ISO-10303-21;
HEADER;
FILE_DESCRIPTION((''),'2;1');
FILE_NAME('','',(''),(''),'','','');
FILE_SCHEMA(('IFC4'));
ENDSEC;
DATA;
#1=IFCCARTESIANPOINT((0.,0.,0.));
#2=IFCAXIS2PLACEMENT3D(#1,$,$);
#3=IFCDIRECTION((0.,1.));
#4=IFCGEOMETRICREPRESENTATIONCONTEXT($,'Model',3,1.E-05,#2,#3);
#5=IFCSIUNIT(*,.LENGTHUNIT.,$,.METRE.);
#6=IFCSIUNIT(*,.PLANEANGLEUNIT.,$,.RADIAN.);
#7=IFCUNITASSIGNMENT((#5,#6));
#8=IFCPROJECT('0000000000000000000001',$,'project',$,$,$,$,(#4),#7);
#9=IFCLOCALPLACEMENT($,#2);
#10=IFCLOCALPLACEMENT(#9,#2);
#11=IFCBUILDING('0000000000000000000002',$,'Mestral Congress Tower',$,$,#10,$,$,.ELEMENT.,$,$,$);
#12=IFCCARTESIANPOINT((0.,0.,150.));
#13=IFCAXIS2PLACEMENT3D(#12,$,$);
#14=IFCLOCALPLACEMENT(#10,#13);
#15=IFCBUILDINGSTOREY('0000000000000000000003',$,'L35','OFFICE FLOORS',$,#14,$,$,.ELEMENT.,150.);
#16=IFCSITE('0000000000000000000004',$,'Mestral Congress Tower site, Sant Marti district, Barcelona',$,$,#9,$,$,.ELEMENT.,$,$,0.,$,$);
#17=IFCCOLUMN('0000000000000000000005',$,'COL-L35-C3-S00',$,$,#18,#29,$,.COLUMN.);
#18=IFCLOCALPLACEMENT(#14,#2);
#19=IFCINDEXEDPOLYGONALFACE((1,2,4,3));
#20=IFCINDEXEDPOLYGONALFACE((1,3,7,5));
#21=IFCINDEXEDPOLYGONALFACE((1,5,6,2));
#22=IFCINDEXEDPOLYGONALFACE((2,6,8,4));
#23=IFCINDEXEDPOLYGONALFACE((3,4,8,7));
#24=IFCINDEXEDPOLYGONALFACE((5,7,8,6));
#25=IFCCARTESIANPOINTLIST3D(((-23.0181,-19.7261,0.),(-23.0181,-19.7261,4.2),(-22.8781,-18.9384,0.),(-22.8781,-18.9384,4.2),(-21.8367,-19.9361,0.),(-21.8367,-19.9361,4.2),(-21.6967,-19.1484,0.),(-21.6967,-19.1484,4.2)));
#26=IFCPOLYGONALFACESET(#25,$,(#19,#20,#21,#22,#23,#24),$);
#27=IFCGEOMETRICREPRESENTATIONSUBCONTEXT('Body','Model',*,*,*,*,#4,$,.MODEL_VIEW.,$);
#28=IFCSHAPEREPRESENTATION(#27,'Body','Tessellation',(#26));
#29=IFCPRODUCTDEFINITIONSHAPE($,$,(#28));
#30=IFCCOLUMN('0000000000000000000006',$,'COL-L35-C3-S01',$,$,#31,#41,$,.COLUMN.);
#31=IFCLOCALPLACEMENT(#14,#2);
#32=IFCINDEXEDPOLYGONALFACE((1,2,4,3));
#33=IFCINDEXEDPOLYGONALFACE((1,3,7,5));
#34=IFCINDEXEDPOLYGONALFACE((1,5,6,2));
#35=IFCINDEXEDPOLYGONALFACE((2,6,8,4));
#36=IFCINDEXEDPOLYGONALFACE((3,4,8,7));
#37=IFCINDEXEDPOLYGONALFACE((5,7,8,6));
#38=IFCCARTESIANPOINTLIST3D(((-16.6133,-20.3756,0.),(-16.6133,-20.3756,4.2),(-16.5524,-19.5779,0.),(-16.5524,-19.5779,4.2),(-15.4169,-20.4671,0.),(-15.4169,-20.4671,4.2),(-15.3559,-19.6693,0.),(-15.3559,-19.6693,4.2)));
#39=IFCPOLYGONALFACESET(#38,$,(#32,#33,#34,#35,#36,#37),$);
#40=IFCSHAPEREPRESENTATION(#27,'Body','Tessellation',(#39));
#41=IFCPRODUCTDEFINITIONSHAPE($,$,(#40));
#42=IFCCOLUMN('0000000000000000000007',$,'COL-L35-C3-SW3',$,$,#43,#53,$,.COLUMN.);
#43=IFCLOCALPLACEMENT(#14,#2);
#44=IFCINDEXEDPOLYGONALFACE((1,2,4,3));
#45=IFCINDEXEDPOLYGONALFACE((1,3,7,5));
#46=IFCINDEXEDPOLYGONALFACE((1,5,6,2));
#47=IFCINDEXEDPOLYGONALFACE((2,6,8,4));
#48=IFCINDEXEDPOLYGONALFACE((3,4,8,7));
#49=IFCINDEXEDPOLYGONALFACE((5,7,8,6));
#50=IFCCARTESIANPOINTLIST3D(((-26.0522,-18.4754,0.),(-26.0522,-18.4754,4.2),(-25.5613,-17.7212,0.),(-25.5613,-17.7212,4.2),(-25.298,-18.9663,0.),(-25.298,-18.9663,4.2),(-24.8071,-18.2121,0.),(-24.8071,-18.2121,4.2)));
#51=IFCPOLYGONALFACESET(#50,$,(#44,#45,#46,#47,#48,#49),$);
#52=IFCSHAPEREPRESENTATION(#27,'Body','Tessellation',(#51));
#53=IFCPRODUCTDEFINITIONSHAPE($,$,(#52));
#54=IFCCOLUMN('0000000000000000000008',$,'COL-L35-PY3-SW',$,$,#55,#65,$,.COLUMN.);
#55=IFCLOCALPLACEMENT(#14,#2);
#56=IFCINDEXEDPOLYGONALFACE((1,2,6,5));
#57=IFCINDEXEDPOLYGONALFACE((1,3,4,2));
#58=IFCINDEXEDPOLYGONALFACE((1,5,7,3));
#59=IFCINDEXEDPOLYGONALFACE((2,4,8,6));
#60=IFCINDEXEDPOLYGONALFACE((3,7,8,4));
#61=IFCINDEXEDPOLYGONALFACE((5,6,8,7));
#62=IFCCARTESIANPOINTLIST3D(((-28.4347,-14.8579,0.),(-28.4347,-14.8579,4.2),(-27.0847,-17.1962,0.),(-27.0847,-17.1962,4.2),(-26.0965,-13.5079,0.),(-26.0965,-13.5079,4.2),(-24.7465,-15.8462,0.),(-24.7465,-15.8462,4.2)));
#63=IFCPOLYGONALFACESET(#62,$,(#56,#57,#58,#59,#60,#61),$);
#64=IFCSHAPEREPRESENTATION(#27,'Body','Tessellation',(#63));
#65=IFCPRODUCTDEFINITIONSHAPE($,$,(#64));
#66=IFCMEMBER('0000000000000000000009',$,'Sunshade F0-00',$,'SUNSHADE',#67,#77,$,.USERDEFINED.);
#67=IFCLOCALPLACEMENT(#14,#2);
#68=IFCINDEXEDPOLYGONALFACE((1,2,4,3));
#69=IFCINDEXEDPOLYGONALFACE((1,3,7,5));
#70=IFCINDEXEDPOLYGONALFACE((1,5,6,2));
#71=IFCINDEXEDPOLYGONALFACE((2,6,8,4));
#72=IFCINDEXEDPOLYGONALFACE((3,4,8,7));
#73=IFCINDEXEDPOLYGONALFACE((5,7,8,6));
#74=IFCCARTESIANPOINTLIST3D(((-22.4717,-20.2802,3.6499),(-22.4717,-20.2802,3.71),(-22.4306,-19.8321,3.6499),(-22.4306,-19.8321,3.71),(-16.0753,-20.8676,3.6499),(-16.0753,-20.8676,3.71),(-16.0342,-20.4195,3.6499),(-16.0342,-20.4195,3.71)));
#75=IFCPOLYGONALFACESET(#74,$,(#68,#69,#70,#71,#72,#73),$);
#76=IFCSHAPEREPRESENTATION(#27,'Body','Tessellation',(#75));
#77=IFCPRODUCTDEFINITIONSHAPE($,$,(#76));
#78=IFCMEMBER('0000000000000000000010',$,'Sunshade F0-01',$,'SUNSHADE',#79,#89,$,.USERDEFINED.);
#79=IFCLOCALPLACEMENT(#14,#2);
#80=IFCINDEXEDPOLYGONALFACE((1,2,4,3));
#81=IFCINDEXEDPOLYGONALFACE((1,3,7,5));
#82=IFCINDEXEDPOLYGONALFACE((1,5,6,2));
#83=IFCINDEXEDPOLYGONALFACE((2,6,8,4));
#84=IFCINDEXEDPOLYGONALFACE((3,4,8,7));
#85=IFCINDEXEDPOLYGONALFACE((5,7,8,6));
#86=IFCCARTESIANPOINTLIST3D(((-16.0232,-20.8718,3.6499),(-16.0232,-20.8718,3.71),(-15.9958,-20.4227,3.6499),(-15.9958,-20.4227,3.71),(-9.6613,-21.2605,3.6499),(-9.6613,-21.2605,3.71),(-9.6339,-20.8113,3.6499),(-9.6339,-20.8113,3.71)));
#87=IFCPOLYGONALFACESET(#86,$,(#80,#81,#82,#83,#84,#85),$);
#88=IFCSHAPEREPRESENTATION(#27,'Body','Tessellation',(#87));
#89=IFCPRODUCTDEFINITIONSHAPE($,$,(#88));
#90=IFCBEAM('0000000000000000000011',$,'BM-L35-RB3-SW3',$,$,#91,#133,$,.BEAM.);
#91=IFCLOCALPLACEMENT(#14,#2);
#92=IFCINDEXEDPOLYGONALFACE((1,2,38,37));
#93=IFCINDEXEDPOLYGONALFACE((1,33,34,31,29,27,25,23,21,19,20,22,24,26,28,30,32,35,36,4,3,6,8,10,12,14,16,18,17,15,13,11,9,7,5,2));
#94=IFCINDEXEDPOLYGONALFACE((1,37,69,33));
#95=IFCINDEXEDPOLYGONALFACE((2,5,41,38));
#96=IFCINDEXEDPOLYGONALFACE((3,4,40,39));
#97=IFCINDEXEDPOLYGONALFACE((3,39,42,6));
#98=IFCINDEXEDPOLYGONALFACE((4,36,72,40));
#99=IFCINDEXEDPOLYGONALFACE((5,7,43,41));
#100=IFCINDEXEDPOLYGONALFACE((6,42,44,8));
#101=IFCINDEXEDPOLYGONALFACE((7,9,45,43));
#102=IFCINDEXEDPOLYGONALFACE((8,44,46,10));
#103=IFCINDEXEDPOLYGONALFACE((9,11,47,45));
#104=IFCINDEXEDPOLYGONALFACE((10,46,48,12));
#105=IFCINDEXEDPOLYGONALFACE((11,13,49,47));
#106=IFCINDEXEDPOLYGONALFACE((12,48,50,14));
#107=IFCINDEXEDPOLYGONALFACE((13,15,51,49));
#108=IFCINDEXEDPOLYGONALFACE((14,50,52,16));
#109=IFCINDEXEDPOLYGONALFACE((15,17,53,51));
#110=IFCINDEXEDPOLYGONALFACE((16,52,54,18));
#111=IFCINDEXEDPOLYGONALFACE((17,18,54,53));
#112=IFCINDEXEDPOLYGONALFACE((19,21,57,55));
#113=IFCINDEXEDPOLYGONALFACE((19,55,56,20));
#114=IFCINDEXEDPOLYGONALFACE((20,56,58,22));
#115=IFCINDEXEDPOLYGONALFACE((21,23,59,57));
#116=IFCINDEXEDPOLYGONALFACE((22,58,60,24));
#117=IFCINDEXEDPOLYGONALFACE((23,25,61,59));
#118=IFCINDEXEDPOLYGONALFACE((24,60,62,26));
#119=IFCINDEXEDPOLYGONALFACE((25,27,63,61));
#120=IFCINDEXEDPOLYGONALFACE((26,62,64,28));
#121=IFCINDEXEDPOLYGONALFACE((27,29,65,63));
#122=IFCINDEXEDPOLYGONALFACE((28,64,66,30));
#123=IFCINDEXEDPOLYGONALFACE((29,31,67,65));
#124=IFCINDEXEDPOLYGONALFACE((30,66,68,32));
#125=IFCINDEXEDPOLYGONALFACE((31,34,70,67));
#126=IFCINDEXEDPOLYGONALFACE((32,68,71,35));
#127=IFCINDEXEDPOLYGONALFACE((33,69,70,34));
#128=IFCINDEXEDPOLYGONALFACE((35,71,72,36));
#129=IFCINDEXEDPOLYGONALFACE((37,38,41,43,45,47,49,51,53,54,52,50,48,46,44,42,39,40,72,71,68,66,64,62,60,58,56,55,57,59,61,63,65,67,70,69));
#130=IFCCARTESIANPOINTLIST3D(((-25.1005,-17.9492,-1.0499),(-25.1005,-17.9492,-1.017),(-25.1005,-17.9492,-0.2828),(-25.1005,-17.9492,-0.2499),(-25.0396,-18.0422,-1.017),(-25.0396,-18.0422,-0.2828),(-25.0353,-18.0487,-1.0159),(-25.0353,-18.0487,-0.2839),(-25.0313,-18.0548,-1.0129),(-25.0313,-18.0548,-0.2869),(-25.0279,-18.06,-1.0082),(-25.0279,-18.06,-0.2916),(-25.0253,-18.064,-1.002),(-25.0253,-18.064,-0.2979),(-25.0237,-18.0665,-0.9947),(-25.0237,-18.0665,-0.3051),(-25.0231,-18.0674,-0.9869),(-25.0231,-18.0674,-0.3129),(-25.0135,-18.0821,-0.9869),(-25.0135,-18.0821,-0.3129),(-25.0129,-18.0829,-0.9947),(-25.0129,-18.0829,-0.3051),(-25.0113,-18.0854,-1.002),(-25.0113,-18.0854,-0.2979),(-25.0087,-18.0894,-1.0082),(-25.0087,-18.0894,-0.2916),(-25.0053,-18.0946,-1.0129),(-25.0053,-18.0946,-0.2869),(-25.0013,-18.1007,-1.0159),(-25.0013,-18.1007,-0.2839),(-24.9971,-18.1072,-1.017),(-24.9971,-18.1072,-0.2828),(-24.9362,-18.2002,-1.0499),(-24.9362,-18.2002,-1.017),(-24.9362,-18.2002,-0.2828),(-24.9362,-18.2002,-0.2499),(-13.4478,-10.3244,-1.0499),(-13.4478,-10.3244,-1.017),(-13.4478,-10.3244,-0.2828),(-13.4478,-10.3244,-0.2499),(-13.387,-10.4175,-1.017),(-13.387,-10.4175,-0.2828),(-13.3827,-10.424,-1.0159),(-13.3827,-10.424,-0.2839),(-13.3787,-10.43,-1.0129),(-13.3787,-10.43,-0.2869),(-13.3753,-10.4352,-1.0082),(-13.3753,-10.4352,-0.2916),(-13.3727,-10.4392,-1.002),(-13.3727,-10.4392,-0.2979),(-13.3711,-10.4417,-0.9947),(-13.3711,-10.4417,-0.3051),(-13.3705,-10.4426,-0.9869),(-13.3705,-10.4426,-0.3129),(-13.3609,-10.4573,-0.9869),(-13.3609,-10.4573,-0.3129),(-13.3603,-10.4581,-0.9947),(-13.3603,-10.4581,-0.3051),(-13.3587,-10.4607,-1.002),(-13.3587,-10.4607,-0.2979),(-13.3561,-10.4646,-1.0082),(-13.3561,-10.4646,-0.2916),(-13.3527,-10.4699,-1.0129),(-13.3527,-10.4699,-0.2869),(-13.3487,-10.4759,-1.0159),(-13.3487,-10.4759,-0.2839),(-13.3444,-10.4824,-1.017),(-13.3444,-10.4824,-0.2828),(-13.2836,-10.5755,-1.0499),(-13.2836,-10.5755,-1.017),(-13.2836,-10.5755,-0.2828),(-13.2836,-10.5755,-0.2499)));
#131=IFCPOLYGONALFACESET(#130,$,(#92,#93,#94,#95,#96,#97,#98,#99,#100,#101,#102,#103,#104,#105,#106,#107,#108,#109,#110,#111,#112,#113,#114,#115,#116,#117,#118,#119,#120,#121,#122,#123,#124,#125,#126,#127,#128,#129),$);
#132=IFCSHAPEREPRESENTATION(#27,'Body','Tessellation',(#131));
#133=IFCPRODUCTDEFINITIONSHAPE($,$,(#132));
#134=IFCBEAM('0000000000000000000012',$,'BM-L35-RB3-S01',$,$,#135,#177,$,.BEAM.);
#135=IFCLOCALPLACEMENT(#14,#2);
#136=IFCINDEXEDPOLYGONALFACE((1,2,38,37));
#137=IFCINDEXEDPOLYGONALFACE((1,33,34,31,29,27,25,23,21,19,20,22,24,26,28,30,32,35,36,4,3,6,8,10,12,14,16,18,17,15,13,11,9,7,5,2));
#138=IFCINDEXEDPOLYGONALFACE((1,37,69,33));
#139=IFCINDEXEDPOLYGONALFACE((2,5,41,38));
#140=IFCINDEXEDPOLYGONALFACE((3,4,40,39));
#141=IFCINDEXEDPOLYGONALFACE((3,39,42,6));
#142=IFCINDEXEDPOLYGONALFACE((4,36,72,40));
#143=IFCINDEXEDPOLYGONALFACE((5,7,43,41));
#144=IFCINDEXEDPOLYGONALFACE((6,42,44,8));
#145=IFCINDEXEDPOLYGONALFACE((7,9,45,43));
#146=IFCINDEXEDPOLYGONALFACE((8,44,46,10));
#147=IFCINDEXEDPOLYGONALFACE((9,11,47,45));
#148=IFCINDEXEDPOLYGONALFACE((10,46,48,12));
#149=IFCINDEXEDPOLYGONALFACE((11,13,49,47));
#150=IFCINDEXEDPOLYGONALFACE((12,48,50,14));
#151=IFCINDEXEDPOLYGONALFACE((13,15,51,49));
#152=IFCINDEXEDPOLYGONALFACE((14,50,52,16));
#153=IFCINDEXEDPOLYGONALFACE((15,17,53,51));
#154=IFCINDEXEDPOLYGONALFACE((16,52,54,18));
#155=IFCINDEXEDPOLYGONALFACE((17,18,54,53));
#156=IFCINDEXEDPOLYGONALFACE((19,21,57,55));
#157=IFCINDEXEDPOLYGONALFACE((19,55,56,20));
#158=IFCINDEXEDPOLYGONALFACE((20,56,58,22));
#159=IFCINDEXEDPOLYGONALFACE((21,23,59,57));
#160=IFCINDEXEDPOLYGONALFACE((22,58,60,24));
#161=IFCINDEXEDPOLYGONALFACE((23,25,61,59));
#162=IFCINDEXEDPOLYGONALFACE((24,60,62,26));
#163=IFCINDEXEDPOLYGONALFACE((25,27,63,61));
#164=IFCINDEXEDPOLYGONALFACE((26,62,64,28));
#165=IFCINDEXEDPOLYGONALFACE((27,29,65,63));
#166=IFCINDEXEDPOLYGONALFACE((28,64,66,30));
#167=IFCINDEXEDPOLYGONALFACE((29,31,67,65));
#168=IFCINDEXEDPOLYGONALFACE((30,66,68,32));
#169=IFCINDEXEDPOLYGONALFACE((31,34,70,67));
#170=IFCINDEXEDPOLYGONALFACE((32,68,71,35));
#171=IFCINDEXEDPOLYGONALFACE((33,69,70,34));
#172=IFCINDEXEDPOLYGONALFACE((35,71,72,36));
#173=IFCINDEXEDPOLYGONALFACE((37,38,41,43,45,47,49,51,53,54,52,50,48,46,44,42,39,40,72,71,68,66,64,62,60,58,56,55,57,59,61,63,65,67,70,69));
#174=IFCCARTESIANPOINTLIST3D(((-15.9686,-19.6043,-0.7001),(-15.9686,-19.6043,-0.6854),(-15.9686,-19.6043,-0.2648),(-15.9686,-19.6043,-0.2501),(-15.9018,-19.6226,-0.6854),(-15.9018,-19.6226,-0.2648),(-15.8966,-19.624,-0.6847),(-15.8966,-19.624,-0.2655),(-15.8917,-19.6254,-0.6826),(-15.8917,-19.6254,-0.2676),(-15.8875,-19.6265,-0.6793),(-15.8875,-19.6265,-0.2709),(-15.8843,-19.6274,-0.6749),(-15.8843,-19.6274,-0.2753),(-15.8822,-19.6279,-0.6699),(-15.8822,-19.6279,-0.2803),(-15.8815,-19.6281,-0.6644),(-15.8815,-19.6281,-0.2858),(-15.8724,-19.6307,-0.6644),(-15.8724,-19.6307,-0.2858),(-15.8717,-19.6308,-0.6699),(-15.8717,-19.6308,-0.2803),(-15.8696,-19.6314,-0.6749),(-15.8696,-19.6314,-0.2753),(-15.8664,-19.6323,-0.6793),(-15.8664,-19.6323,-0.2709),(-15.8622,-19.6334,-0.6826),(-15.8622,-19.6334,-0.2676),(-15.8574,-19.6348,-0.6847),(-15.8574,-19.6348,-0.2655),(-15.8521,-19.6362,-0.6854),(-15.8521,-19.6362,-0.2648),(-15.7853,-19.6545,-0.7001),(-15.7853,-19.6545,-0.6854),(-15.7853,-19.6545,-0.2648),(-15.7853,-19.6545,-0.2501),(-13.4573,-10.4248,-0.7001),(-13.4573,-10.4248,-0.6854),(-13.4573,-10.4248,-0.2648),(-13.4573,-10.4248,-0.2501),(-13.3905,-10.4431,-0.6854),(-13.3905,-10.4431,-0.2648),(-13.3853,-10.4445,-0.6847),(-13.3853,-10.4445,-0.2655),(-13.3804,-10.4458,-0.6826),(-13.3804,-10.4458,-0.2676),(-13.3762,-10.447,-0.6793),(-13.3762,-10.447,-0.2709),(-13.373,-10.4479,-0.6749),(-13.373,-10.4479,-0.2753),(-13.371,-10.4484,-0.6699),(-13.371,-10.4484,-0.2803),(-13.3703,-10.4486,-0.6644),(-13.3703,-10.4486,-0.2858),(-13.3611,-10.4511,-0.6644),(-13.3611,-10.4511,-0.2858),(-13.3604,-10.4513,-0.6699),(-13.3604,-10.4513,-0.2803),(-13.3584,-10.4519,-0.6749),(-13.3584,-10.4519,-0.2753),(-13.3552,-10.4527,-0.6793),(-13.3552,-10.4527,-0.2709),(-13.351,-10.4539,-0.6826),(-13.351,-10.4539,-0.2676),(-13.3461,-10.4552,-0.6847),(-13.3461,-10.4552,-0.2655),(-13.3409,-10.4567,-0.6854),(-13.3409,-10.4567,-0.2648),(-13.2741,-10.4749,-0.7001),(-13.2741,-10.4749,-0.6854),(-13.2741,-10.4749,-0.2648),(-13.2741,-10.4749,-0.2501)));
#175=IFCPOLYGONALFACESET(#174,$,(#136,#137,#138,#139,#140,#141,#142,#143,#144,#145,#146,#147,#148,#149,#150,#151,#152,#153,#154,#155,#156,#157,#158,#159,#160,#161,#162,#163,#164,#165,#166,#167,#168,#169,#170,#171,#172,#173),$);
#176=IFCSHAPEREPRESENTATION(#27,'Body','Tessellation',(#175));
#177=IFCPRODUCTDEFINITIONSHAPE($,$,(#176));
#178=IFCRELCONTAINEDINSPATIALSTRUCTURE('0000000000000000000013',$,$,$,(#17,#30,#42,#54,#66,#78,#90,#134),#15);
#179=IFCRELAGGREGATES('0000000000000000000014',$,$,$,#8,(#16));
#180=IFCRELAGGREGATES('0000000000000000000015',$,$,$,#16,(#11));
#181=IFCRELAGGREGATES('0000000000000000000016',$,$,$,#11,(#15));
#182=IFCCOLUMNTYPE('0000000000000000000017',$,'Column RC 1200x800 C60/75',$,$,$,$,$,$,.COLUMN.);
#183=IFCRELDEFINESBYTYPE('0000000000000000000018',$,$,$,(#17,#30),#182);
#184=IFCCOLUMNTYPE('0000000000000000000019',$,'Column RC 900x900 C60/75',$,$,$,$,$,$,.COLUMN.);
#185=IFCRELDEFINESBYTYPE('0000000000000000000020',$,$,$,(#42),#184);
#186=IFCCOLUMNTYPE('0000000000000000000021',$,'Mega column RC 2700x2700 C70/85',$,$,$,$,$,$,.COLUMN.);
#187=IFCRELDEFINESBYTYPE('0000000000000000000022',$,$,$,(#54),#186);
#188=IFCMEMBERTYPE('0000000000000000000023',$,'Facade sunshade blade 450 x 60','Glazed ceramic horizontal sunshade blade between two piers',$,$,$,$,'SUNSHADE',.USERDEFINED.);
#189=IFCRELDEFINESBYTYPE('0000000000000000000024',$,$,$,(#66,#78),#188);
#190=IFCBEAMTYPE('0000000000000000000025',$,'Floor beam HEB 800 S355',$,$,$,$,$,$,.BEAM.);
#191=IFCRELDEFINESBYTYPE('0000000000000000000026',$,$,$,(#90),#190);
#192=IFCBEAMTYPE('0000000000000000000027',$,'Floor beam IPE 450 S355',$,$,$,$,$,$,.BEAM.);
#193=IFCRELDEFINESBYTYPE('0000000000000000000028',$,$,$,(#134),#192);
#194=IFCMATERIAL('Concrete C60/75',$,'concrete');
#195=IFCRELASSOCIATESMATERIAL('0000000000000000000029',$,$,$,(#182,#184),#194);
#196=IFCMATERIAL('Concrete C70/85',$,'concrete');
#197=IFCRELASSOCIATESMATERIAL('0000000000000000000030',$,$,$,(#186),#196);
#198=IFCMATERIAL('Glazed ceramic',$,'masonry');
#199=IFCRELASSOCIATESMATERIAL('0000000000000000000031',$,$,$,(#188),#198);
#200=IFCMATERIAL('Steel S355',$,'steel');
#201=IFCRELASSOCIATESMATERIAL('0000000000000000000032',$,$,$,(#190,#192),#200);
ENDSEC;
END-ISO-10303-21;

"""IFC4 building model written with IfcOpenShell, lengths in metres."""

from ifc_helpers import new_model, si_unit, direction, frame, origin, origin_2d, place, context, subcontext, project, spatial, rectangle, i_section, extrude, material, material_profile, profile_set, type_object, element, save


model = new_model("IFC4")

# Units and contexts
model_context = context("Model", 3, precision=1e-05, world=origin(), true_north=direction((0.0, 1.0)))
body_context = subcontext(model_context, "Body", "Model", "MODEL_VIEW")
ifc_project = project(units=[si_unit("LENGTHUNIT", "METRE"), si_unit("PLANEANGLEUNIT", "RADIAN")], contexts=[model_context])

# Site, building, storey
site_placement = place(None, origin())
site = spatial("IfcSite", under=ifc_project, at=site_placement, Name="Mestral Congress Tower site, Sant Marti district, Barcelona", CompositionType="ELEMENT", RefElevation=0.0)
building_placement = place(site_placement, origin())
building = spatial("IfcBuilding", under=site, at=building_placement, Name="Mestral Congress Tower", CompositionType="ELEMENT")
storey_placement = place(building_placement, frame((0.0, 0.0, 150.0)))
storey = spatial("IfcBuildingStorey", under=building, at=storey_placement, Name="L35", Description="OFFICE FLOORS", CompositionType="ELEMENT", Elevation=150.0)

# Columns
ifc_material_1 = material(Name="Concrete C60/75", Category="concrete")
ifc_material_profile_1 = material_profile(ifc_material_1, rectangle(XDim=1.2, YDim=0.8, at=origin_2d()), Name="RC 1200x800")
ifc_profile_set_1 = profile_set([ifc_material_profile_1], Name="Concrete C60/75")
column_type_1 = type_object("IfcColumnType", Name="Column RC 1200x800 C60/75", PredefinedType="COLUMN", material=ifc_profile_set_1)
for number, where, z_axis, x_axis, name in (
    (1, (-22.3574, -19.4373, 0.0), (0.0, 0.0, 1.0), (0.984571, -0.174985, 0.0), "COL-L35-C3-S00"),
    (2, (-15.9846, -20.0225, 0.0), (0.0, 0.0, 1.0), (0.99709, -0.076237, 0.0), "COL-L35-C3-S01"),
):
    element("IfcColumn", number, at=place(storey_placement, frame(where, z_axis=z_axis, x_axis=x_axis)), inside=storey, type_object=column_type_1, Name=name, PredefinedType="COLUMN", context=body_context, shape_type="SweptSolid", body=[
        extrude(rectangle(XDim=1.2, YDim=0.8, at=origin_2d()), origin(), (0.0, 0.0, 1.0), 4.2),
    ])
ifc_material_profile_2 = material_profile(ifc_material_1, rectangle(XDim=0.8999, YDim=0.8999, at=origin_2d()), Name="RC 900x900")
ifc_profile_set_2 = profile_set([ifc_material_profile_2], Name="Concrete C60/75")
column_type_2 = type_object("IfcColumnType", Name="Column RC 900x900 C60/75", PredefinedType="COLUMN", material=ifc_profile_set_2)
column_1_placement = place(storey_placement, frame((-25.4297, -18.3438, 0.0), z_axis=(0.0, 0.0, 1.0), x_axis=(0.838094, -0.545526, 0.0)))
element("IfcColumn", 3, at=column_1_placement, inside=storey, type_object=column_type_2, Name="COL-L35-C3-SW3", PredefinedType="COLUMN", context=body_context, shape_type="SweptSolid", body=[
    extrude(rectangle(XDim=0.8999, YDim=0.8999, at=origin_2d()), origin(), (0.0, 0.0, 1.0), 4.2),
])
ifc_material_2 = material(Name="Concrete C70/85", Category="concrete")
ifc_material_profile_3 = material_profile(ifc_material_2, rectangle(XDim=2.7, YDim=2.7, at=origin_2d()), Name="RC 2700x2700")
ifc_profile_set_3 = profile_set([ifc_material_profile_3], Name="Concrete C70/85")
column_type_3 = type_object("IfcColumnType", Name="Mega column RC 2700x2700 C70/85", PredefinedType="COLUMN", material=ifc_profile_set_3)
column_2_placement = place(storey_placement, frame((-26.5906, -15.3521, 0.0), z_axis=(0.0, 0.0, 1.0), x_axis=(-0.866025, -0.5, 0.0)))
element("IfcColumn", 4, at=column_2_placement, inside=storey, type_object=column_type_3, Name="COL-L35-PY3-SW", PredefinedType="COLUMN", context=body_context, shape_type="SweptSolid", body=[
    extrude(rectangle(XDim=2.7, YDim=2.7, at=origin_2d()), origin(), (0.0, 0.0, 1.0), 4.2),
])

# Members
ifc_material_3 = material(Name="Glazed ceramic", Category="masonry")
ifc_material_profile_4 = material_profile(ifc_material_3, rectangle(XDim=0.45, YDim=0.0601, at=origin_2d()), Name="Ceramic blade 450 x 60")
ifc_profile_set_4 = profile_set([ifc_material_profile_4], Name="Glazed ceramic")
member_type = type_object("IfcMemberType", Name="Facade sunshade blade 450 x 60", Description="Glazed ceramic horizontal sunshade blade between two piers", ElementType="SUNSHADE", PredefinedType="USERDEFINED", material=ifc_profile_set_4)
member_1_placement = place(storey_placement, frame((-22.4512, -20.0562, 3.6799), z_axis=(0.99581, -0.091447, 0.0), x_axis=(0.091447, 0.99581, 0.0)))
element("IfcMember", 5, at=member_1_placement, inside=storey, type_object=member_type, Name="Sunshade F0-00", ObjectType="SUNSHADE", PredefinedType="USERDEFINED", context=body_context, shape_type="SweptSolid", body=[
    extrude(rectangle(XDim=0.45, YDim=0.0601, at=origin_2d()), origin(), (0.0, 0.0, 1.0), 6.4233),
])
member_2_placement = place(storey_placement, frame((-16.0095, -20.6472, 3.6799), z_axis=(0.998139, -0.060981, 0.0), x_axis=(0.060981, 0.998139, 0.0)))
element("IfcMember", 6, at=member_2_placement, inside=storey, type_object=member_type, Name="Sunshade F0-01", ObjectType="SUNSHADE", PredefinedType="USERDEFINED", context=body_context, shape_type="SweptSolid", body=[
    extrude(rectangle(XDim=0.45, YDim=0.0601, at=origin_2d()), origin(), (0.0, 0.0, 1.0), 6.3738),
])

# Beams
ifc_material_4 = material(Name="Steel S355", Category="steel")
ifc_material_profile_5 = material_profile(ifc_material_4, i_section(OverallWidth=0.3, OverallDepth=0.8, WebThickness=0.0176, FlangeThickness=0.033, FilletRadius=0.03, at=origin_2d()), Name="HEB 800")
ifc_profile_set_5 = profile_set([ifc_material_profile_5], Name="Steel S355")
beam_type_1 = type_object("IfcBeamType", Name="Floor beam HEB 800 S355", PredefinedType="BEAM", material=ifc_profile_set_5)
beam_1_placement = place(storey_placement, frame((-25.0183, -18.0747, -0.6499), z_axis=(0.83678, 0.547539, 0.0), x_axis=(-0.547539, 0.83678, 0.0)))
element("IfcBeam", 7, at=beam_1_placement, inside=storey, type_object=beam_type_1, Name="BM-L35-RB3-SW3", PredefinedType="BEAM", context=body_context, shape_type="SweptSolid", body=[
    extrude(i_section(OverallWidth=0.3, OverallDepth=0.8, WebThickness=0.0176, FlangeThickness=0.033, FilletRadius=0.03, at=origin_2d()), origin(), (0.0, 0.0, 1.0), 13.9255),
])
ifc_material_profile_6 = material_profile(ifc_material_4, i_section(OverallWidth=0.1899, OverallDepth=0.45, WebThickness=0.0095, FlangeThickness=0.0146, FilletRadius=0.021, at=origin_2d()), Name="IPE 450")
ifc_profile_set_6 = profile_set([ifc_material_profile_6], Name="Steel S355")
beam_type_2 = type_object("IfcBeamType", Name="Floor beam IPE 450 S355", PredefinedType="BEAM", material=ifc_profile_set_6)
beam_2_placement = place(storey_placement, frame((-15.877, -19.6294, -0.4751), z_axis=(0.263875, 0.964557, 0.0), x_axis=(-0.964557, 0.263875, 0.0)))
element("IfcBeam", 8, at=beam_2_placement, inside=storey, type_object=beam_type_2, Name="BM-L35-RB3-S01", PredefinedType="BEAM", context=body_context, shape_type="SweptSolid", body=[
    extrude(i_section(OverallWidth=0.1899, OverallDepth=0.45, WebThickness=0.0095, FlangeThickness=0.0146, FilletRadius=0.021, at=origin_2d()), origin(), (0.0, 0.0, 1.0), 9.5168),
])

save(model, "model.ifc")
